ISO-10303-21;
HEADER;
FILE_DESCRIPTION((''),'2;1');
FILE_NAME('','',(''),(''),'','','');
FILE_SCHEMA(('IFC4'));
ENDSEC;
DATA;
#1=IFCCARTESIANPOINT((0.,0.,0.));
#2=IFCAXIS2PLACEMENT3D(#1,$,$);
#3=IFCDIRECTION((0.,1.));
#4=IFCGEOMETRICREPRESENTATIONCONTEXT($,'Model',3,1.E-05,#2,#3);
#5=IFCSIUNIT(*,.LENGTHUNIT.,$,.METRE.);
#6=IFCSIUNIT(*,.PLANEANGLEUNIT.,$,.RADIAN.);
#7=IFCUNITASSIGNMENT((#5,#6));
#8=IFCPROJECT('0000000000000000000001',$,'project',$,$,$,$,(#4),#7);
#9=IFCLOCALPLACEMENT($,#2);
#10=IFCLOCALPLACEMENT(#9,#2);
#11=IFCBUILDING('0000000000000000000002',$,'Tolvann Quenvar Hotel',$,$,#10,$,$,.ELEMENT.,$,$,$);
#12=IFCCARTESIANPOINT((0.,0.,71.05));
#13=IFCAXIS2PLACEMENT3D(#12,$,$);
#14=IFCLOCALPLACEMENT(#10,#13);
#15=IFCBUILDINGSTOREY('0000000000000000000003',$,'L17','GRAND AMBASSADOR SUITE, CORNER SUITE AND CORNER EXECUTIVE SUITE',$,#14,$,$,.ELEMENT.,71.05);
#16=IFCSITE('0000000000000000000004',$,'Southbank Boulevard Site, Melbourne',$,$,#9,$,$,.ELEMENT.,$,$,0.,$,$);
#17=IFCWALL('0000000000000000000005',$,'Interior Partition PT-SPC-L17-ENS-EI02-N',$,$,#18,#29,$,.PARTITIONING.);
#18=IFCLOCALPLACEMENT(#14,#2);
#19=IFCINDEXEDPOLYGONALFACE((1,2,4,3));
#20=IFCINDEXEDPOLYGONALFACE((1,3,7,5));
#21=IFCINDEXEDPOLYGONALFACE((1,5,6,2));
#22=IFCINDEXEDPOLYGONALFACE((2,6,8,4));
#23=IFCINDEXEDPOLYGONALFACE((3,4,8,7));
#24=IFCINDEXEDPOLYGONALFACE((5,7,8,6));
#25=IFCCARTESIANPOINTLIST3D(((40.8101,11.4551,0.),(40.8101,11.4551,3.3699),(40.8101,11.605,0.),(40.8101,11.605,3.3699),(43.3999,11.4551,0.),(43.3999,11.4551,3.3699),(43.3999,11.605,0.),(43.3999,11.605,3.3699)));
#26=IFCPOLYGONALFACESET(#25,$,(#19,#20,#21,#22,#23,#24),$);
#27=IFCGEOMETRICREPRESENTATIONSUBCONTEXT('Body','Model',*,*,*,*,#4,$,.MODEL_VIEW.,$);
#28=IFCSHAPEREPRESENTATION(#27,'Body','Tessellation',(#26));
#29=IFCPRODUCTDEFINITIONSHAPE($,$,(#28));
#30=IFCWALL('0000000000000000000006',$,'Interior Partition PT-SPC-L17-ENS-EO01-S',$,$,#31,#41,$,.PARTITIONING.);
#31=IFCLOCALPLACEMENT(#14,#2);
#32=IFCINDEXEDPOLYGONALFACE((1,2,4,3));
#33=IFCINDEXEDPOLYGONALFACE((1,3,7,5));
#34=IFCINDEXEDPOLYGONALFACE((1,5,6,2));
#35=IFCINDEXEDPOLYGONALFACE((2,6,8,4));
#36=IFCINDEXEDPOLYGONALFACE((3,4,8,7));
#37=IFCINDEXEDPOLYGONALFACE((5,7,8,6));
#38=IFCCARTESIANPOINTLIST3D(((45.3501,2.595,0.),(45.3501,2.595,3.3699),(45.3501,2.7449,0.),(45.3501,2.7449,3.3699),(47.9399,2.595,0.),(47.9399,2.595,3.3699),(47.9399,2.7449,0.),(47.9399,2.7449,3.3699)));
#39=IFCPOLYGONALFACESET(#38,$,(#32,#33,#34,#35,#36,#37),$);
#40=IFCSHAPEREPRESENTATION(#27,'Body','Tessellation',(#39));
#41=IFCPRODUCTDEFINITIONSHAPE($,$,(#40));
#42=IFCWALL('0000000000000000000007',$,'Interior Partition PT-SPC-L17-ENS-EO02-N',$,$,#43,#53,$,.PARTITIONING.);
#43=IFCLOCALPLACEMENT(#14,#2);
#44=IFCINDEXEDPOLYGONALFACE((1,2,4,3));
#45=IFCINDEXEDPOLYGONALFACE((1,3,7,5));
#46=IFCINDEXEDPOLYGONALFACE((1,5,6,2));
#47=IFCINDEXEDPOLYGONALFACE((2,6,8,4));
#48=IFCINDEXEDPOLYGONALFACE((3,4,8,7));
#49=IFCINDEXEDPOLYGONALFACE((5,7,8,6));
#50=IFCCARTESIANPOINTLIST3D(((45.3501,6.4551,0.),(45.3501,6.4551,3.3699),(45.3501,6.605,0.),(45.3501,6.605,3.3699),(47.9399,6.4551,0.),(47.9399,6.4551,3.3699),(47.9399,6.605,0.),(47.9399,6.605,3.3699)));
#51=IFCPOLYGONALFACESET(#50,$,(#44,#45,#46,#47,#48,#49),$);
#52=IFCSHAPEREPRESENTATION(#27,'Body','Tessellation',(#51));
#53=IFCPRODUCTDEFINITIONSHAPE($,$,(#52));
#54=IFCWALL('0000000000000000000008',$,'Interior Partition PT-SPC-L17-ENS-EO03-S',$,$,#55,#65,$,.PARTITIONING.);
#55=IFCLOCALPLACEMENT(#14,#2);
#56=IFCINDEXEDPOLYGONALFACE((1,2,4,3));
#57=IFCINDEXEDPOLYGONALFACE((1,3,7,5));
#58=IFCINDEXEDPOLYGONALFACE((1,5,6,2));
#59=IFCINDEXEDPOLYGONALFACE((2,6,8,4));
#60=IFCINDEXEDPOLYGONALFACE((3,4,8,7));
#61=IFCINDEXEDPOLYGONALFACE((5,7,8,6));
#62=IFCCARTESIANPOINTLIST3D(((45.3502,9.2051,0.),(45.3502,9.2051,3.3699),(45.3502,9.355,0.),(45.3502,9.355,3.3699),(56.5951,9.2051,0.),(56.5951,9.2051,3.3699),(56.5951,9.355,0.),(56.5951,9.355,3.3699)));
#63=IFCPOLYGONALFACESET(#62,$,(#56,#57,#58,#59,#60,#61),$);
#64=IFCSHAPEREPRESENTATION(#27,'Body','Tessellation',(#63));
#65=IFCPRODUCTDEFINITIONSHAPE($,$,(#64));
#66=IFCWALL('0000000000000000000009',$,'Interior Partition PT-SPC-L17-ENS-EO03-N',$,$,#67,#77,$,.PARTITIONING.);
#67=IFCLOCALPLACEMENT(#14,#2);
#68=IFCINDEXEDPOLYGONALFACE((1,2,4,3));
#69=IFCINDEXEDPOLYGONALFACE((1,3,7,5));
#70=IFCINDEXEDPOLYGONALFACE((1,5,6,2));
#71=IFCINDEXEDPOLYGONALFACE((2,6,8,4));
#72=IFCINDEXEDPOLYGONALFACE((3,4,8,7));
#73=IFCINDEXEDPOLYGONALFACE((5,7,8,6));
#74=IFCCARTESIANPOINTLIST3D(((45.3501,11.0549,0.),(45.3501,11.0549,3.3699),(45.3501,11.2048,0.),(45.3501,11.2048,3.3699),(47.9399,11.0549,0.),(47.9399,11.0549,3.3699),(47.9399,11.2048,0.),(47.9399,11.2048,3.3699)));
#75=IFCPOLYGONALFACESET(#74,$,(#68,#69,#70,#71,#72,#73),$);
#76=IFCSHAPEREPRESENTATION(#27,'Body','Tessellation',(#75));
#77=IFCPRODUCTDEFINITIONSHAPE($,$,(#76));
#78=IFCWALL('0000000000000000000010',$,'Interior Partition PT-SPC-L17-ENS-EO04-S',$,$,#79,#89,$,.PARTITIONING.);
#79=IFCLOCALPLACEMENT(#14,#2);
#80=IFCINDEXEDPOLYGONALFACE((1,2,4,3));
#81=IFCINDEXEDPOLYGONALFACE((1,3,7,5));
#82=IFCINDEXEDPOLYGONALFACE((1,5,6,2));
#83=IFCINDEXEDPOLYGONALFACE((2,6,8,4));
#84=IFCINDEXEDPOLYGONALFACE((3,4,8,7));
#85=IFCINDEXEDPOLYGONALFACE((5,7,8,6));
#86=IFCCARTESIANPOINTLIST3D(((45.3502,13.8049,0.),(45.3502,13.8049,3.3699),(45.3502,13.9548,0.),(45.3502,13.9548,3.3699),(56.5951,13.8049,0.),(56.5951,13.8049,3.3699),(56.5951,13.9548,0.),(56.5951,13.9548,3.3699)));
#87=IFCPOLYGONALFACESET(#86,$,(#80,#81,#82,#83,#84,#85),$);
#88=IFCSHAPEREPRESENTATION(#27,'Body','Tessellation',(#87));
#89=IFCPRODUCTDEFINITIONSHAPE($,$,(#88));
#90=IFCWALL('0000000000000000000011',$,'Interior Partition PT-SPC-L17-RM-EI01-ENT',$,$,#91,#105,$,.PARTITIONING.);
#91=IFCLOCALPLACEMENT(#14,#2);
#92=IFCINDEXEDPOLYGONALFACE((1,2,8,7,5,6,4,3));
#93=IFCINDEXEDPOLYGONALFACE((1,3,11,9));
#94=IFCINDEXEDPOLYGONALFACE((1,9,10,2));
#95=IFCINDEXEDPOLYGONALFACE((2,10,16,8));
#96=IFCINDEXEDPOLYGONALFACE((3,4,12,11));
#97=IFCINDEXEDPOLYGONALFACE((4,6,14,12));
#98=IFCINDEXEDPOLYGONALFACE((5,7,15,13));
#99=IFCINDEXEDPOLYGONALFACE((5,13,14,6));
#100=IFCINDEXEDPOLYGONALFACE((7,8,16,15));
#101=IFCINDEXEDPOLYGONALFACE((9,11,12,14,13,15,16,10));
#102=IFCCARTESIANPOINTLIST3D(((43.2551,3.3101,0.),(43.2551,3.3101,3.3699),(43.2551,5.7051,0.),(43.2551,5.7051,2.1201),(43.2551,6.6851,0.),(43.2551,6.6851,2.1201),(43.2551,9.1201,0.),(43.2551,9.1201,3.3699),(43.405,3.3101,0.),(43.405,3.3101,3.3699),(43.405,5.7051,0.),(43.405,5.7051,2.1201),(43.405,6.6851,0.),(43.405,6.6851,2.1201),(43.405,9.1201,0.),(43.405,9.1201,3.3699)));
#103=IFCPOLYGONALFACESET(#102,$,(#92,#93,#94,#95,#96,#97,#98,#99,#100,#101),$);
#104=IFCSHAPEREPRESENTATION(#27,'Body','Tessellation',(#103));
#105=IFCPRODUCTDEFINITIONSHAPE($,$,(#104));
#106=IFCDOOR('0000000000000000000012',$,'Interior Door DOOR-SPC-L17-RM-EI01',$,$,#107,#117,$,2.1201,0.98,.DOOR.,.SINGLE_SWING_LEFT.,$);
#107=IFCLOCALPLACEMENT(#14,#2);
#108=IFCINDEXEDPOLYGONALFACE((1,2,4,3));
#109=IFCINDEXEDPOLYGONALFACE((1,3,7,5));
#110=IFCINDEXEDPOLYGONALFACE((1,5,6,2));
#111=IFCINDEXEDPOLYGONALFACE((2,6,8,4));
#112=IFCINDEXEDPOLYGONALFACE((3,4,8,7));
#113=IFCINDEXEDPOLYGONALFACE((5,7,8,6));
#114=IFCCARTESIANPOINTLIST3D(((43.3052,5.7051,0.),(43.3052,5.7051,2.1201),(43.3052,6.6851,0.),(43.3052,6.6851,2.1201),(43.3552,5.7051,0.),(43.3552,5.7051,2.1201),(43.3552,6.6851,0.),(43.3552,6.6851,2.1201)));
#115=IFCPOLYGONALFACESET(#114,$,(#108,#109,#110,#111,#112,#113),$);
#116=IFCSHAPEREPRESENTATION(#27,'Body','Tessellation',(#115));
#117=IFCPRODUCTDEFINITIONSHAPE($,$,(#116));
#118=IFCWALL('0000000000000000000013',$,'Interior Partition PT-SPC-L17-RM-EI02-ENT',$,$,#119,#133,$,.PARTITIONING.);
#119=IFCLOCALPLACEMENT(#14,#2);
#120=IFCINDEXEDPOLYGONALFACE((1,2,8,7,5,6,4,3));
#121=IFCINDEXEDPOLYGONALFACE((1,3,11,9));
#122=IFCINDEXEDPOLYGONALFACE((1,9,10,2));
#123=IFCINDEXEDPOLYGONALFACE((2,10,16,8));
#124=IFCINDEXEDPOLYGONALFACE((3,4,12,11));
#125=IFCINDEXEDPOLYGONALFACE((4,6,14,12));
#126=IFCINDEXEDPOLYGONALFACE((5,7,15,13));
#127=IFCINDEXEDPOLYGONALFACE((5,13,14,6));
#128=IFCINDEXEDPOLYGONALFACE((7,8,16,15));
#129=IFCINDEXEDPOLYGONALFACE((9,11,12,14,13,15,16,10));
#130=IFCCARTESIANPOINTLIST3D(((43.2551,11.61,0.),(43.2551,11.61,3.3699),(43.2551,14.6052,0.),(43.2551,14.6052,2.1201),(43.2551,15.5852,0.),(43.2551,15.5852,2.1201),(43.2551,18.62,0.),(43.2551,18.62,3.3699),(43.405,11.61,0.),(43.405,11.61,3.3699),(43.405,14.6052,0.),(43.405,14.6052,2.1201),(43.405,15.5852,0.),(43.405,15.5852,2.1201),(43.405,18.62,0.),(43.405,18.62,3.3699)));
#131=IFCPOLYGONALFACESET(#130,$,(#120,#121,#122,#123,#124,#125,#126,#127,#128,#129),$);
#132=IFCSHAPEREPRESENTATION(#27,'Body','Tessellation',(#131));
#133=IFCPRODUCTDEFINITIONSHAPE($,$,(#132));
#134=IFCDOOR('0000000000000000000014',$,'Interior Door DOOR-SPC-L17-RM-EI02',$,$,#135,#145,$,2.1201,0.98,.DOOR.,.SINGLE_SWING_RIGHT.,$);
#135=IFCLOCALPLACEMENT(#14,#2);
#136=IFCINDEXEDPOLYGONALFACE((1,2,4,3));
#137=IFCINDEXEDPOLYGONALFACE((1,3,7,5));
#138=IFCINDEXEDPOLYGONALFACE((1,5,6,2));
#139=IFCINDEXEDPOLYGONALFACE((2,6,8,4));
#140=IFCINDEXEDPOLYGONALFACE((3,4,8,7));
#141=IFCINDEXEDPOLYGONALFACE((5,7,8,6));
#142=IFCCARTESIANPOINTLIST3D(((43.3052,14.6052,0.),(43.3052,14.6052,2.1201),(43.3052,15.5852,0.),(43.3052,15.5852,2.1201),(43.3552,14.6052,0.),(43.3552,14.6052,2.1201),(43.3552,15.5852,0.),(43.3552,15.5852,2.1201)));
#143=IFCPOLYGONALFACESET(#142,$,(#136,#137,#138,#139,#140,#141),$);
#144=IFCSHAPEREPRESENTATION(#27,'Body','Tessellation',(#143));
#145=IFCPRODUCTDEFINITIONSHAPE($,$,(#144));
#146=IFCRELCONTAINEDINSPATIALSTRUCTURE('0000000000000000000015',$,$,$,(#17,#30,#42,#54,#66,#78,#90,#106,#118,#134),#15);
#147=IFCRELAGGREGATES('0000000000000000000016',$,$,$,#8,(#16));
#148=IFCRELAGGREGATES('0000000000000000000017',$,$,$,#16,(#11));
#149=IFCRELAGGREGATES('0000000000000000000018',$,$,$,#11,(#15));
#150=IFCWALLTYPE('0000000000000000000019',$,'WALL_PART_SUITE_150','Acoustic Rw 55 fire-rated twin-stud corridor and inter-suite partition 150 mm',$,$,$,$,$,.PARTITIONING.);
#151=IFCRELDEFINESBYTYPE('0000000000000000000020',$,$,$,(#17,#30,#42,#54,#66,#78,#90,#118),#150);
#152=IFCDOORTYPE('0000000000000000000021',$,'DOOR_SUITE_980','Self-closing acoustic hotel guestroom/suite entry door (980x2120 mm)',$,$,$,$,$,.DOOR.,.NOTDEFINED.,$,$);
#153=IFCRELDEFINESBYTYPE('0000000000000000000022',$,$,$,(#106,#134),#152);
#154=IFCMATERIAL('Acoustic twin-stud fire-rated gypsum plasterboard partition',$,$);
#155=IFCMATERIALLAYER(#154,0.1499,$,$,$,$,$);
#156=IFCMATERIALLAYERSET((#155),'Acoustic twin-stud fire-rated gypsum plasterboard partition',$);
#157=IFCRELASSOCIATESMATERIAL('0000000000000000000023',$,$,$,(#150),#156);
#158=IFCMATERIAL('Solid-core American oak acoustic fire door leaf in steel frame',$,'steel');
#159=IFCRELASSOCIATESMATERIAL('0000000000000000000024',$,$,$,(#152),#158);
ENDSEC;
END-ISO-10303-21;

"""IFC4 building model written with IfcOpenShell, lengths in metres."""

from ifc_helpers import new_model, si_unit, direction, frame, frame_2d, origin, place, context, subcontext, project, spatial, rectangle, extrude, source, transform, mapped, material, layer, layer_set, type_object, type_shapes, element, fill, save


model = new_model("IFC4")

# Units and contexts
model_context = context("Model", 3, precision=1e-05, world=origin(), true_north=direction((0.0, 1.0)))
body_context = subcontext(model_context, "Body", "Model", "MODEL_VIEW")
ifc_project = project(units=[si_unit("LENGTHUNIT", "METRE"), si_unit("PLANEANGLEUNIT", "RADIAN")], contexts=[model_context])

# Site, building, storey
site_placement = place(None, origin())
site = spatial("IfcSite", under=ifc_project, at=site_placement, Name="Southbank Boulevard Site, Melbourne", CompositionType="ELEMENT", RefElevation=0.0)
building_placement = place(site_placement, origin())
building = spatial("IfcBuilding", under=site, at=building_placement, Name="Tolvann Quenvar Hotel", CompositionType="ELEMENT")
storey_placement = place(building_placement, frame((0.0, 0.0, 71.05)))
storey = spatial("IfcBuildingStorey", under=building, at=storey_placement, Name="L17", Description="GRAND AMBASSADOR SUITE, CORNER SUITE AND CORNER EXECUTIVE SUITE", CompositionType="ELEMENT", Elevation=71.05)

# Shared definitions
ifc_material_1 = material(Name="Acoustic twin-stud fire-rated gypsum plasterboard partition")
ifc_layer_1 = layer(ifc_material_1, 0.1499)
ifc_layer_set_1 = layer_set([ifc_layer_1], Name="Acoustic twin-stud fire-rated gypsum plasterboard partition")
wall_type_1 = type_object("IfcWallType", Name="WALL_PART_SUITE_150", Description="Acoustic Rw 55 fire-rated twin-stud corridor and inter-suite partition 150 mm", PredefinedType="PARTITIONING", material=ifc_layer_set_1)
ifc_material_2 = material(Name="Solid-core American oak acoustic fire door leaf in steel frame", Category="steel")

# Walls
for number, where, z_axis, x_axis, name in (
    (1, (40.8101, 11.53, 0.0), (0.0, 0.0, 1.0), (1.0, 0.0, 0.0), "Interior Partition PT-SPC-L17-ENS-EI02-N"),
    (2, (45.3501, 2.6699, 0.0), (0.0, 0.0, 1.0), (1.0, 0.0, 0.0), "Interior Partition PT-SPC-L17-ENS-EO01-S"),
    (3, (45.3501, 6.53, 0.0), (0.0, 0.0, 1.0), (1.0, 0.0, 0.0), "Interior Partition PT-SPC-L17-ENS-EO02-N"),
):
    element("IfcWall", number, at=place(storey_placement, frame(where, z_axis=z_axis, x_axis=x_axis)), inside=storey, type_object=wall_type_1, Name=name, PredefinedType="PARTITIONING", context=body_context, shape_type="SweptSolid", body=[
        extrude(rectangle(XDim=2.5898, YDim=0.1499, at=frame_2d((1.2949, 0.0))), origin(), (0.0, 0.0, 1.0), 3.3699),
    ])
wall_1_placement = place(storey_placement, frame((45.3501, 9.28, 0.0), z_axis=(0.0, 0.0, 1.0), x_axis=(1.0, 0.0, 0.0)))
element("IfcWall", 4, at=wall_1_placement, inside=storey, type_object=wall_type_1, Name="Interior Partition PT-SPC-L17-ENS-EO03-S", PredefinedType="PARTITIONING", context=body_context, shape_type="SweptSolid", body=[
    extrude(rectangle(XDim=11.2449, YDim=0.1499, at=frame_2d((5.6226, 0.0))), origin(), (0.0, 0.0, 1.0), 3.3699),
])
wall_2_placement = place(storey_placement, frame((45.3501, 11.1299, 0.0), z_axis=(0.0, 0.0, 1.0), x_axis=(1.0, 0.0, 0.0)))
element("IfcWall", 5, at=wall_2_placement, inside=storey, type_object=wall_type_1, Name="Interior Partition PT-SPC-L17-ENS-EO03-N", PredefinedType="PARTITIONING", context=body_context, shape_type="SweptSolid", body=[
    extrude(rectangle(XDim=2.5898, YDim=0.1499, at=frame_2d((1.2949, 0.0))), origin(), (0.0, 0.0, 1.0), 3.3699),
])
wall_3_placement = place(storey_placement, frame((45.3501, 13.8799, 0.0), z_axis=(0.0, 0.0, 1.0), x_axis=(1.0, 0.0, 0.0)))
element("IfcWall", 6, at=wall_3_placement, inside=storey, type_object=wall_type_1, Name="Interior Partition PT-SPC-L17-ENS-EO04-S", PredefinedType="PARTITIONING", context=body_context, shape_type="SweptSolid", body=[
    extrude(rectangle(XDim=11.2449, YDim=0.1499, at=frame_2d((5.6226, 0.0))), origin(), (0.0, 0.0, 1.0), 3.3699),
])

# Walls, openings, doors
wall_4_placement = place(storey_placement, frame((43.3301, 3.3101, 0.0), z_axis=(0.0, 0.0, 1.0), x_axis=(0.0, 1.0, 0.0)))
wall_4 = element("IfcWall", 7, at=wall_4_placement, inside=storey, type_object=wall_type_1, Name="Interior Partition PT-SPC-L17-RM-EI01-ENT", PredefinedType="PARTITIONING", context=body_context, shape_type="SweptSolid", body=[
    extrude(rectangle(XDim=5.8101, YDim=0.1499, at=frame_2d((2.905, 0.0))), origin(), (0.0, 0.0, 1.0), 3.3699),
])
opening_1_placement = place(wall_4_placement, frame((2.395, 0.0, 0.0)))
opening_1 = element("IfcOpeningElement", 8, at=opening_1_placement, cuts=wall_4, PredefinedType="OPENING", context=body_context, shape_type="SweptSolid", body=[
    extrude(rectangle(XDim=0.98, YDim=2.1201, at=frame_2d((0.49, 1.0601))), frame((0.0, 0.085, 0.0), z_axis=(0.0, -1.0, 0.0), x_axis=(1.0, 0.0, 0.0)), (0.0, 0.0, 1.0), 0.1699),
])
door_type_1 = type_object("IfcDoorType", Name="DOOR_SUITE_980", Description="Self-closing acoustic hotel guestroom/suite entry door (980x2120 mm)", OperationType="NOTDEFINED", PredefinedType="DOOR", material=ifc_material_2)
shared_shape_1 = source(origin(), body_context, "Body", "SweptSolid", [
    extrude(rectangle(XDim=0.98, YDim=2.1201, at=frame_2d((0.49, 1.0601))), frame((0.0, 0.0249, 0.0), z_axis=(0.0, -1.0, 0.0), x_axis=(1.0, 0.0, 0.0)), (0.0, 0.0, 1.0), 0.05),
])
type_shapes(door_type_1, [shared_shape_1])
door_1_placement = place(opening_1_placement, origin())
door_1 = element("IfcDoor", 9, at=door_1_placement, inside=storey, type_object=door_type_1, Name="Interior Door DOOR-SPC-L17-RM-EI01", OperationType="SINGLE_SWING_LEFT", OverallHeight=2.1201, OverallWidth=0.98, PredefinedType="DOOR", context=body_context, shape_type="MappedRepresentation", body=[
    mapped(shared_shape_1, transform((0.0, 0.0, 0.0), x_axis=(1.0, 0.0, 0.0), y_axis=(0.0, 1.0, 0.0), z_axis=(0.0, 0.0, 1.0), scale=1.0)),
])
fill(opening_1, door_1)
wall_5_placement = place(storey_placement, frame((43.3301, 11.6101, 0.0), z_axis=(0.0, 0.0, 1.0), x_axis=(0.0, 1.0, 0.0)))
wall_5 = element("IfcWall", 10, at=wall_5_placement, inside=storey, type_object=wall_type_1, Name="Interior Partition PT-SPC-L17-RM-EI02-ENT", PredefinedType="PARTITIONING", context=body_context, shape_type="SweptSolid", body=[
    extrude(rectangle(XDim=7.01, YDim=0.1499, at=frame_2d((3.5049, 0.0))), origin(), (0.0, 0.0, 1.0), 3.3699),
])
opening_2_placement = place(wall_5_placement, frame((2.9951, 0.0, 0.0)))
opening_2 = element("IfcOpeningElement", 11, at=opening_2_placement, cuts=wall_5, PredefinedType="OPENING", context=body_context, shape_type="SweptSolid", body=[
    extrude(rectangle(XDim=0.98, YDim=2.1201, at=frame_2d((0.49, 1.0601))), frame((0.0, 0.085, 0.0), z_axis=(0.0, -1.0, 0.0), x_axis=(1.0, 0.0, 0.0)), (0.0, 0.0, 1.0), 0.1699),
])
door_2_placement = place(opening_2_placement, origin())
door_2 = element("IfcDoor", 12, at=door_2_placement, inside=storey, type_object=door_type_1, Name="Interior Door DOOR-SPC-L17-RM-EI02", OperationType="SINGLE_SWING_RIGHT", OverallHeight=2.1201, OverallWidth=0.98, PredefinedType="DOOR", context=body_context, shape_type="MappedRepresentation", body=[
    mapped(shared_shape_1, transform((0.0, 0.0, 0.0), x_axis=(1.0, 0.0, 0.0), y_axis=(0.0, 1.0, 0.0), z_axis=(0.0, 0.0, 1.0), scale=1.0)),
])
fill(opening_2, door_2)

save(model, "model.ifc")
